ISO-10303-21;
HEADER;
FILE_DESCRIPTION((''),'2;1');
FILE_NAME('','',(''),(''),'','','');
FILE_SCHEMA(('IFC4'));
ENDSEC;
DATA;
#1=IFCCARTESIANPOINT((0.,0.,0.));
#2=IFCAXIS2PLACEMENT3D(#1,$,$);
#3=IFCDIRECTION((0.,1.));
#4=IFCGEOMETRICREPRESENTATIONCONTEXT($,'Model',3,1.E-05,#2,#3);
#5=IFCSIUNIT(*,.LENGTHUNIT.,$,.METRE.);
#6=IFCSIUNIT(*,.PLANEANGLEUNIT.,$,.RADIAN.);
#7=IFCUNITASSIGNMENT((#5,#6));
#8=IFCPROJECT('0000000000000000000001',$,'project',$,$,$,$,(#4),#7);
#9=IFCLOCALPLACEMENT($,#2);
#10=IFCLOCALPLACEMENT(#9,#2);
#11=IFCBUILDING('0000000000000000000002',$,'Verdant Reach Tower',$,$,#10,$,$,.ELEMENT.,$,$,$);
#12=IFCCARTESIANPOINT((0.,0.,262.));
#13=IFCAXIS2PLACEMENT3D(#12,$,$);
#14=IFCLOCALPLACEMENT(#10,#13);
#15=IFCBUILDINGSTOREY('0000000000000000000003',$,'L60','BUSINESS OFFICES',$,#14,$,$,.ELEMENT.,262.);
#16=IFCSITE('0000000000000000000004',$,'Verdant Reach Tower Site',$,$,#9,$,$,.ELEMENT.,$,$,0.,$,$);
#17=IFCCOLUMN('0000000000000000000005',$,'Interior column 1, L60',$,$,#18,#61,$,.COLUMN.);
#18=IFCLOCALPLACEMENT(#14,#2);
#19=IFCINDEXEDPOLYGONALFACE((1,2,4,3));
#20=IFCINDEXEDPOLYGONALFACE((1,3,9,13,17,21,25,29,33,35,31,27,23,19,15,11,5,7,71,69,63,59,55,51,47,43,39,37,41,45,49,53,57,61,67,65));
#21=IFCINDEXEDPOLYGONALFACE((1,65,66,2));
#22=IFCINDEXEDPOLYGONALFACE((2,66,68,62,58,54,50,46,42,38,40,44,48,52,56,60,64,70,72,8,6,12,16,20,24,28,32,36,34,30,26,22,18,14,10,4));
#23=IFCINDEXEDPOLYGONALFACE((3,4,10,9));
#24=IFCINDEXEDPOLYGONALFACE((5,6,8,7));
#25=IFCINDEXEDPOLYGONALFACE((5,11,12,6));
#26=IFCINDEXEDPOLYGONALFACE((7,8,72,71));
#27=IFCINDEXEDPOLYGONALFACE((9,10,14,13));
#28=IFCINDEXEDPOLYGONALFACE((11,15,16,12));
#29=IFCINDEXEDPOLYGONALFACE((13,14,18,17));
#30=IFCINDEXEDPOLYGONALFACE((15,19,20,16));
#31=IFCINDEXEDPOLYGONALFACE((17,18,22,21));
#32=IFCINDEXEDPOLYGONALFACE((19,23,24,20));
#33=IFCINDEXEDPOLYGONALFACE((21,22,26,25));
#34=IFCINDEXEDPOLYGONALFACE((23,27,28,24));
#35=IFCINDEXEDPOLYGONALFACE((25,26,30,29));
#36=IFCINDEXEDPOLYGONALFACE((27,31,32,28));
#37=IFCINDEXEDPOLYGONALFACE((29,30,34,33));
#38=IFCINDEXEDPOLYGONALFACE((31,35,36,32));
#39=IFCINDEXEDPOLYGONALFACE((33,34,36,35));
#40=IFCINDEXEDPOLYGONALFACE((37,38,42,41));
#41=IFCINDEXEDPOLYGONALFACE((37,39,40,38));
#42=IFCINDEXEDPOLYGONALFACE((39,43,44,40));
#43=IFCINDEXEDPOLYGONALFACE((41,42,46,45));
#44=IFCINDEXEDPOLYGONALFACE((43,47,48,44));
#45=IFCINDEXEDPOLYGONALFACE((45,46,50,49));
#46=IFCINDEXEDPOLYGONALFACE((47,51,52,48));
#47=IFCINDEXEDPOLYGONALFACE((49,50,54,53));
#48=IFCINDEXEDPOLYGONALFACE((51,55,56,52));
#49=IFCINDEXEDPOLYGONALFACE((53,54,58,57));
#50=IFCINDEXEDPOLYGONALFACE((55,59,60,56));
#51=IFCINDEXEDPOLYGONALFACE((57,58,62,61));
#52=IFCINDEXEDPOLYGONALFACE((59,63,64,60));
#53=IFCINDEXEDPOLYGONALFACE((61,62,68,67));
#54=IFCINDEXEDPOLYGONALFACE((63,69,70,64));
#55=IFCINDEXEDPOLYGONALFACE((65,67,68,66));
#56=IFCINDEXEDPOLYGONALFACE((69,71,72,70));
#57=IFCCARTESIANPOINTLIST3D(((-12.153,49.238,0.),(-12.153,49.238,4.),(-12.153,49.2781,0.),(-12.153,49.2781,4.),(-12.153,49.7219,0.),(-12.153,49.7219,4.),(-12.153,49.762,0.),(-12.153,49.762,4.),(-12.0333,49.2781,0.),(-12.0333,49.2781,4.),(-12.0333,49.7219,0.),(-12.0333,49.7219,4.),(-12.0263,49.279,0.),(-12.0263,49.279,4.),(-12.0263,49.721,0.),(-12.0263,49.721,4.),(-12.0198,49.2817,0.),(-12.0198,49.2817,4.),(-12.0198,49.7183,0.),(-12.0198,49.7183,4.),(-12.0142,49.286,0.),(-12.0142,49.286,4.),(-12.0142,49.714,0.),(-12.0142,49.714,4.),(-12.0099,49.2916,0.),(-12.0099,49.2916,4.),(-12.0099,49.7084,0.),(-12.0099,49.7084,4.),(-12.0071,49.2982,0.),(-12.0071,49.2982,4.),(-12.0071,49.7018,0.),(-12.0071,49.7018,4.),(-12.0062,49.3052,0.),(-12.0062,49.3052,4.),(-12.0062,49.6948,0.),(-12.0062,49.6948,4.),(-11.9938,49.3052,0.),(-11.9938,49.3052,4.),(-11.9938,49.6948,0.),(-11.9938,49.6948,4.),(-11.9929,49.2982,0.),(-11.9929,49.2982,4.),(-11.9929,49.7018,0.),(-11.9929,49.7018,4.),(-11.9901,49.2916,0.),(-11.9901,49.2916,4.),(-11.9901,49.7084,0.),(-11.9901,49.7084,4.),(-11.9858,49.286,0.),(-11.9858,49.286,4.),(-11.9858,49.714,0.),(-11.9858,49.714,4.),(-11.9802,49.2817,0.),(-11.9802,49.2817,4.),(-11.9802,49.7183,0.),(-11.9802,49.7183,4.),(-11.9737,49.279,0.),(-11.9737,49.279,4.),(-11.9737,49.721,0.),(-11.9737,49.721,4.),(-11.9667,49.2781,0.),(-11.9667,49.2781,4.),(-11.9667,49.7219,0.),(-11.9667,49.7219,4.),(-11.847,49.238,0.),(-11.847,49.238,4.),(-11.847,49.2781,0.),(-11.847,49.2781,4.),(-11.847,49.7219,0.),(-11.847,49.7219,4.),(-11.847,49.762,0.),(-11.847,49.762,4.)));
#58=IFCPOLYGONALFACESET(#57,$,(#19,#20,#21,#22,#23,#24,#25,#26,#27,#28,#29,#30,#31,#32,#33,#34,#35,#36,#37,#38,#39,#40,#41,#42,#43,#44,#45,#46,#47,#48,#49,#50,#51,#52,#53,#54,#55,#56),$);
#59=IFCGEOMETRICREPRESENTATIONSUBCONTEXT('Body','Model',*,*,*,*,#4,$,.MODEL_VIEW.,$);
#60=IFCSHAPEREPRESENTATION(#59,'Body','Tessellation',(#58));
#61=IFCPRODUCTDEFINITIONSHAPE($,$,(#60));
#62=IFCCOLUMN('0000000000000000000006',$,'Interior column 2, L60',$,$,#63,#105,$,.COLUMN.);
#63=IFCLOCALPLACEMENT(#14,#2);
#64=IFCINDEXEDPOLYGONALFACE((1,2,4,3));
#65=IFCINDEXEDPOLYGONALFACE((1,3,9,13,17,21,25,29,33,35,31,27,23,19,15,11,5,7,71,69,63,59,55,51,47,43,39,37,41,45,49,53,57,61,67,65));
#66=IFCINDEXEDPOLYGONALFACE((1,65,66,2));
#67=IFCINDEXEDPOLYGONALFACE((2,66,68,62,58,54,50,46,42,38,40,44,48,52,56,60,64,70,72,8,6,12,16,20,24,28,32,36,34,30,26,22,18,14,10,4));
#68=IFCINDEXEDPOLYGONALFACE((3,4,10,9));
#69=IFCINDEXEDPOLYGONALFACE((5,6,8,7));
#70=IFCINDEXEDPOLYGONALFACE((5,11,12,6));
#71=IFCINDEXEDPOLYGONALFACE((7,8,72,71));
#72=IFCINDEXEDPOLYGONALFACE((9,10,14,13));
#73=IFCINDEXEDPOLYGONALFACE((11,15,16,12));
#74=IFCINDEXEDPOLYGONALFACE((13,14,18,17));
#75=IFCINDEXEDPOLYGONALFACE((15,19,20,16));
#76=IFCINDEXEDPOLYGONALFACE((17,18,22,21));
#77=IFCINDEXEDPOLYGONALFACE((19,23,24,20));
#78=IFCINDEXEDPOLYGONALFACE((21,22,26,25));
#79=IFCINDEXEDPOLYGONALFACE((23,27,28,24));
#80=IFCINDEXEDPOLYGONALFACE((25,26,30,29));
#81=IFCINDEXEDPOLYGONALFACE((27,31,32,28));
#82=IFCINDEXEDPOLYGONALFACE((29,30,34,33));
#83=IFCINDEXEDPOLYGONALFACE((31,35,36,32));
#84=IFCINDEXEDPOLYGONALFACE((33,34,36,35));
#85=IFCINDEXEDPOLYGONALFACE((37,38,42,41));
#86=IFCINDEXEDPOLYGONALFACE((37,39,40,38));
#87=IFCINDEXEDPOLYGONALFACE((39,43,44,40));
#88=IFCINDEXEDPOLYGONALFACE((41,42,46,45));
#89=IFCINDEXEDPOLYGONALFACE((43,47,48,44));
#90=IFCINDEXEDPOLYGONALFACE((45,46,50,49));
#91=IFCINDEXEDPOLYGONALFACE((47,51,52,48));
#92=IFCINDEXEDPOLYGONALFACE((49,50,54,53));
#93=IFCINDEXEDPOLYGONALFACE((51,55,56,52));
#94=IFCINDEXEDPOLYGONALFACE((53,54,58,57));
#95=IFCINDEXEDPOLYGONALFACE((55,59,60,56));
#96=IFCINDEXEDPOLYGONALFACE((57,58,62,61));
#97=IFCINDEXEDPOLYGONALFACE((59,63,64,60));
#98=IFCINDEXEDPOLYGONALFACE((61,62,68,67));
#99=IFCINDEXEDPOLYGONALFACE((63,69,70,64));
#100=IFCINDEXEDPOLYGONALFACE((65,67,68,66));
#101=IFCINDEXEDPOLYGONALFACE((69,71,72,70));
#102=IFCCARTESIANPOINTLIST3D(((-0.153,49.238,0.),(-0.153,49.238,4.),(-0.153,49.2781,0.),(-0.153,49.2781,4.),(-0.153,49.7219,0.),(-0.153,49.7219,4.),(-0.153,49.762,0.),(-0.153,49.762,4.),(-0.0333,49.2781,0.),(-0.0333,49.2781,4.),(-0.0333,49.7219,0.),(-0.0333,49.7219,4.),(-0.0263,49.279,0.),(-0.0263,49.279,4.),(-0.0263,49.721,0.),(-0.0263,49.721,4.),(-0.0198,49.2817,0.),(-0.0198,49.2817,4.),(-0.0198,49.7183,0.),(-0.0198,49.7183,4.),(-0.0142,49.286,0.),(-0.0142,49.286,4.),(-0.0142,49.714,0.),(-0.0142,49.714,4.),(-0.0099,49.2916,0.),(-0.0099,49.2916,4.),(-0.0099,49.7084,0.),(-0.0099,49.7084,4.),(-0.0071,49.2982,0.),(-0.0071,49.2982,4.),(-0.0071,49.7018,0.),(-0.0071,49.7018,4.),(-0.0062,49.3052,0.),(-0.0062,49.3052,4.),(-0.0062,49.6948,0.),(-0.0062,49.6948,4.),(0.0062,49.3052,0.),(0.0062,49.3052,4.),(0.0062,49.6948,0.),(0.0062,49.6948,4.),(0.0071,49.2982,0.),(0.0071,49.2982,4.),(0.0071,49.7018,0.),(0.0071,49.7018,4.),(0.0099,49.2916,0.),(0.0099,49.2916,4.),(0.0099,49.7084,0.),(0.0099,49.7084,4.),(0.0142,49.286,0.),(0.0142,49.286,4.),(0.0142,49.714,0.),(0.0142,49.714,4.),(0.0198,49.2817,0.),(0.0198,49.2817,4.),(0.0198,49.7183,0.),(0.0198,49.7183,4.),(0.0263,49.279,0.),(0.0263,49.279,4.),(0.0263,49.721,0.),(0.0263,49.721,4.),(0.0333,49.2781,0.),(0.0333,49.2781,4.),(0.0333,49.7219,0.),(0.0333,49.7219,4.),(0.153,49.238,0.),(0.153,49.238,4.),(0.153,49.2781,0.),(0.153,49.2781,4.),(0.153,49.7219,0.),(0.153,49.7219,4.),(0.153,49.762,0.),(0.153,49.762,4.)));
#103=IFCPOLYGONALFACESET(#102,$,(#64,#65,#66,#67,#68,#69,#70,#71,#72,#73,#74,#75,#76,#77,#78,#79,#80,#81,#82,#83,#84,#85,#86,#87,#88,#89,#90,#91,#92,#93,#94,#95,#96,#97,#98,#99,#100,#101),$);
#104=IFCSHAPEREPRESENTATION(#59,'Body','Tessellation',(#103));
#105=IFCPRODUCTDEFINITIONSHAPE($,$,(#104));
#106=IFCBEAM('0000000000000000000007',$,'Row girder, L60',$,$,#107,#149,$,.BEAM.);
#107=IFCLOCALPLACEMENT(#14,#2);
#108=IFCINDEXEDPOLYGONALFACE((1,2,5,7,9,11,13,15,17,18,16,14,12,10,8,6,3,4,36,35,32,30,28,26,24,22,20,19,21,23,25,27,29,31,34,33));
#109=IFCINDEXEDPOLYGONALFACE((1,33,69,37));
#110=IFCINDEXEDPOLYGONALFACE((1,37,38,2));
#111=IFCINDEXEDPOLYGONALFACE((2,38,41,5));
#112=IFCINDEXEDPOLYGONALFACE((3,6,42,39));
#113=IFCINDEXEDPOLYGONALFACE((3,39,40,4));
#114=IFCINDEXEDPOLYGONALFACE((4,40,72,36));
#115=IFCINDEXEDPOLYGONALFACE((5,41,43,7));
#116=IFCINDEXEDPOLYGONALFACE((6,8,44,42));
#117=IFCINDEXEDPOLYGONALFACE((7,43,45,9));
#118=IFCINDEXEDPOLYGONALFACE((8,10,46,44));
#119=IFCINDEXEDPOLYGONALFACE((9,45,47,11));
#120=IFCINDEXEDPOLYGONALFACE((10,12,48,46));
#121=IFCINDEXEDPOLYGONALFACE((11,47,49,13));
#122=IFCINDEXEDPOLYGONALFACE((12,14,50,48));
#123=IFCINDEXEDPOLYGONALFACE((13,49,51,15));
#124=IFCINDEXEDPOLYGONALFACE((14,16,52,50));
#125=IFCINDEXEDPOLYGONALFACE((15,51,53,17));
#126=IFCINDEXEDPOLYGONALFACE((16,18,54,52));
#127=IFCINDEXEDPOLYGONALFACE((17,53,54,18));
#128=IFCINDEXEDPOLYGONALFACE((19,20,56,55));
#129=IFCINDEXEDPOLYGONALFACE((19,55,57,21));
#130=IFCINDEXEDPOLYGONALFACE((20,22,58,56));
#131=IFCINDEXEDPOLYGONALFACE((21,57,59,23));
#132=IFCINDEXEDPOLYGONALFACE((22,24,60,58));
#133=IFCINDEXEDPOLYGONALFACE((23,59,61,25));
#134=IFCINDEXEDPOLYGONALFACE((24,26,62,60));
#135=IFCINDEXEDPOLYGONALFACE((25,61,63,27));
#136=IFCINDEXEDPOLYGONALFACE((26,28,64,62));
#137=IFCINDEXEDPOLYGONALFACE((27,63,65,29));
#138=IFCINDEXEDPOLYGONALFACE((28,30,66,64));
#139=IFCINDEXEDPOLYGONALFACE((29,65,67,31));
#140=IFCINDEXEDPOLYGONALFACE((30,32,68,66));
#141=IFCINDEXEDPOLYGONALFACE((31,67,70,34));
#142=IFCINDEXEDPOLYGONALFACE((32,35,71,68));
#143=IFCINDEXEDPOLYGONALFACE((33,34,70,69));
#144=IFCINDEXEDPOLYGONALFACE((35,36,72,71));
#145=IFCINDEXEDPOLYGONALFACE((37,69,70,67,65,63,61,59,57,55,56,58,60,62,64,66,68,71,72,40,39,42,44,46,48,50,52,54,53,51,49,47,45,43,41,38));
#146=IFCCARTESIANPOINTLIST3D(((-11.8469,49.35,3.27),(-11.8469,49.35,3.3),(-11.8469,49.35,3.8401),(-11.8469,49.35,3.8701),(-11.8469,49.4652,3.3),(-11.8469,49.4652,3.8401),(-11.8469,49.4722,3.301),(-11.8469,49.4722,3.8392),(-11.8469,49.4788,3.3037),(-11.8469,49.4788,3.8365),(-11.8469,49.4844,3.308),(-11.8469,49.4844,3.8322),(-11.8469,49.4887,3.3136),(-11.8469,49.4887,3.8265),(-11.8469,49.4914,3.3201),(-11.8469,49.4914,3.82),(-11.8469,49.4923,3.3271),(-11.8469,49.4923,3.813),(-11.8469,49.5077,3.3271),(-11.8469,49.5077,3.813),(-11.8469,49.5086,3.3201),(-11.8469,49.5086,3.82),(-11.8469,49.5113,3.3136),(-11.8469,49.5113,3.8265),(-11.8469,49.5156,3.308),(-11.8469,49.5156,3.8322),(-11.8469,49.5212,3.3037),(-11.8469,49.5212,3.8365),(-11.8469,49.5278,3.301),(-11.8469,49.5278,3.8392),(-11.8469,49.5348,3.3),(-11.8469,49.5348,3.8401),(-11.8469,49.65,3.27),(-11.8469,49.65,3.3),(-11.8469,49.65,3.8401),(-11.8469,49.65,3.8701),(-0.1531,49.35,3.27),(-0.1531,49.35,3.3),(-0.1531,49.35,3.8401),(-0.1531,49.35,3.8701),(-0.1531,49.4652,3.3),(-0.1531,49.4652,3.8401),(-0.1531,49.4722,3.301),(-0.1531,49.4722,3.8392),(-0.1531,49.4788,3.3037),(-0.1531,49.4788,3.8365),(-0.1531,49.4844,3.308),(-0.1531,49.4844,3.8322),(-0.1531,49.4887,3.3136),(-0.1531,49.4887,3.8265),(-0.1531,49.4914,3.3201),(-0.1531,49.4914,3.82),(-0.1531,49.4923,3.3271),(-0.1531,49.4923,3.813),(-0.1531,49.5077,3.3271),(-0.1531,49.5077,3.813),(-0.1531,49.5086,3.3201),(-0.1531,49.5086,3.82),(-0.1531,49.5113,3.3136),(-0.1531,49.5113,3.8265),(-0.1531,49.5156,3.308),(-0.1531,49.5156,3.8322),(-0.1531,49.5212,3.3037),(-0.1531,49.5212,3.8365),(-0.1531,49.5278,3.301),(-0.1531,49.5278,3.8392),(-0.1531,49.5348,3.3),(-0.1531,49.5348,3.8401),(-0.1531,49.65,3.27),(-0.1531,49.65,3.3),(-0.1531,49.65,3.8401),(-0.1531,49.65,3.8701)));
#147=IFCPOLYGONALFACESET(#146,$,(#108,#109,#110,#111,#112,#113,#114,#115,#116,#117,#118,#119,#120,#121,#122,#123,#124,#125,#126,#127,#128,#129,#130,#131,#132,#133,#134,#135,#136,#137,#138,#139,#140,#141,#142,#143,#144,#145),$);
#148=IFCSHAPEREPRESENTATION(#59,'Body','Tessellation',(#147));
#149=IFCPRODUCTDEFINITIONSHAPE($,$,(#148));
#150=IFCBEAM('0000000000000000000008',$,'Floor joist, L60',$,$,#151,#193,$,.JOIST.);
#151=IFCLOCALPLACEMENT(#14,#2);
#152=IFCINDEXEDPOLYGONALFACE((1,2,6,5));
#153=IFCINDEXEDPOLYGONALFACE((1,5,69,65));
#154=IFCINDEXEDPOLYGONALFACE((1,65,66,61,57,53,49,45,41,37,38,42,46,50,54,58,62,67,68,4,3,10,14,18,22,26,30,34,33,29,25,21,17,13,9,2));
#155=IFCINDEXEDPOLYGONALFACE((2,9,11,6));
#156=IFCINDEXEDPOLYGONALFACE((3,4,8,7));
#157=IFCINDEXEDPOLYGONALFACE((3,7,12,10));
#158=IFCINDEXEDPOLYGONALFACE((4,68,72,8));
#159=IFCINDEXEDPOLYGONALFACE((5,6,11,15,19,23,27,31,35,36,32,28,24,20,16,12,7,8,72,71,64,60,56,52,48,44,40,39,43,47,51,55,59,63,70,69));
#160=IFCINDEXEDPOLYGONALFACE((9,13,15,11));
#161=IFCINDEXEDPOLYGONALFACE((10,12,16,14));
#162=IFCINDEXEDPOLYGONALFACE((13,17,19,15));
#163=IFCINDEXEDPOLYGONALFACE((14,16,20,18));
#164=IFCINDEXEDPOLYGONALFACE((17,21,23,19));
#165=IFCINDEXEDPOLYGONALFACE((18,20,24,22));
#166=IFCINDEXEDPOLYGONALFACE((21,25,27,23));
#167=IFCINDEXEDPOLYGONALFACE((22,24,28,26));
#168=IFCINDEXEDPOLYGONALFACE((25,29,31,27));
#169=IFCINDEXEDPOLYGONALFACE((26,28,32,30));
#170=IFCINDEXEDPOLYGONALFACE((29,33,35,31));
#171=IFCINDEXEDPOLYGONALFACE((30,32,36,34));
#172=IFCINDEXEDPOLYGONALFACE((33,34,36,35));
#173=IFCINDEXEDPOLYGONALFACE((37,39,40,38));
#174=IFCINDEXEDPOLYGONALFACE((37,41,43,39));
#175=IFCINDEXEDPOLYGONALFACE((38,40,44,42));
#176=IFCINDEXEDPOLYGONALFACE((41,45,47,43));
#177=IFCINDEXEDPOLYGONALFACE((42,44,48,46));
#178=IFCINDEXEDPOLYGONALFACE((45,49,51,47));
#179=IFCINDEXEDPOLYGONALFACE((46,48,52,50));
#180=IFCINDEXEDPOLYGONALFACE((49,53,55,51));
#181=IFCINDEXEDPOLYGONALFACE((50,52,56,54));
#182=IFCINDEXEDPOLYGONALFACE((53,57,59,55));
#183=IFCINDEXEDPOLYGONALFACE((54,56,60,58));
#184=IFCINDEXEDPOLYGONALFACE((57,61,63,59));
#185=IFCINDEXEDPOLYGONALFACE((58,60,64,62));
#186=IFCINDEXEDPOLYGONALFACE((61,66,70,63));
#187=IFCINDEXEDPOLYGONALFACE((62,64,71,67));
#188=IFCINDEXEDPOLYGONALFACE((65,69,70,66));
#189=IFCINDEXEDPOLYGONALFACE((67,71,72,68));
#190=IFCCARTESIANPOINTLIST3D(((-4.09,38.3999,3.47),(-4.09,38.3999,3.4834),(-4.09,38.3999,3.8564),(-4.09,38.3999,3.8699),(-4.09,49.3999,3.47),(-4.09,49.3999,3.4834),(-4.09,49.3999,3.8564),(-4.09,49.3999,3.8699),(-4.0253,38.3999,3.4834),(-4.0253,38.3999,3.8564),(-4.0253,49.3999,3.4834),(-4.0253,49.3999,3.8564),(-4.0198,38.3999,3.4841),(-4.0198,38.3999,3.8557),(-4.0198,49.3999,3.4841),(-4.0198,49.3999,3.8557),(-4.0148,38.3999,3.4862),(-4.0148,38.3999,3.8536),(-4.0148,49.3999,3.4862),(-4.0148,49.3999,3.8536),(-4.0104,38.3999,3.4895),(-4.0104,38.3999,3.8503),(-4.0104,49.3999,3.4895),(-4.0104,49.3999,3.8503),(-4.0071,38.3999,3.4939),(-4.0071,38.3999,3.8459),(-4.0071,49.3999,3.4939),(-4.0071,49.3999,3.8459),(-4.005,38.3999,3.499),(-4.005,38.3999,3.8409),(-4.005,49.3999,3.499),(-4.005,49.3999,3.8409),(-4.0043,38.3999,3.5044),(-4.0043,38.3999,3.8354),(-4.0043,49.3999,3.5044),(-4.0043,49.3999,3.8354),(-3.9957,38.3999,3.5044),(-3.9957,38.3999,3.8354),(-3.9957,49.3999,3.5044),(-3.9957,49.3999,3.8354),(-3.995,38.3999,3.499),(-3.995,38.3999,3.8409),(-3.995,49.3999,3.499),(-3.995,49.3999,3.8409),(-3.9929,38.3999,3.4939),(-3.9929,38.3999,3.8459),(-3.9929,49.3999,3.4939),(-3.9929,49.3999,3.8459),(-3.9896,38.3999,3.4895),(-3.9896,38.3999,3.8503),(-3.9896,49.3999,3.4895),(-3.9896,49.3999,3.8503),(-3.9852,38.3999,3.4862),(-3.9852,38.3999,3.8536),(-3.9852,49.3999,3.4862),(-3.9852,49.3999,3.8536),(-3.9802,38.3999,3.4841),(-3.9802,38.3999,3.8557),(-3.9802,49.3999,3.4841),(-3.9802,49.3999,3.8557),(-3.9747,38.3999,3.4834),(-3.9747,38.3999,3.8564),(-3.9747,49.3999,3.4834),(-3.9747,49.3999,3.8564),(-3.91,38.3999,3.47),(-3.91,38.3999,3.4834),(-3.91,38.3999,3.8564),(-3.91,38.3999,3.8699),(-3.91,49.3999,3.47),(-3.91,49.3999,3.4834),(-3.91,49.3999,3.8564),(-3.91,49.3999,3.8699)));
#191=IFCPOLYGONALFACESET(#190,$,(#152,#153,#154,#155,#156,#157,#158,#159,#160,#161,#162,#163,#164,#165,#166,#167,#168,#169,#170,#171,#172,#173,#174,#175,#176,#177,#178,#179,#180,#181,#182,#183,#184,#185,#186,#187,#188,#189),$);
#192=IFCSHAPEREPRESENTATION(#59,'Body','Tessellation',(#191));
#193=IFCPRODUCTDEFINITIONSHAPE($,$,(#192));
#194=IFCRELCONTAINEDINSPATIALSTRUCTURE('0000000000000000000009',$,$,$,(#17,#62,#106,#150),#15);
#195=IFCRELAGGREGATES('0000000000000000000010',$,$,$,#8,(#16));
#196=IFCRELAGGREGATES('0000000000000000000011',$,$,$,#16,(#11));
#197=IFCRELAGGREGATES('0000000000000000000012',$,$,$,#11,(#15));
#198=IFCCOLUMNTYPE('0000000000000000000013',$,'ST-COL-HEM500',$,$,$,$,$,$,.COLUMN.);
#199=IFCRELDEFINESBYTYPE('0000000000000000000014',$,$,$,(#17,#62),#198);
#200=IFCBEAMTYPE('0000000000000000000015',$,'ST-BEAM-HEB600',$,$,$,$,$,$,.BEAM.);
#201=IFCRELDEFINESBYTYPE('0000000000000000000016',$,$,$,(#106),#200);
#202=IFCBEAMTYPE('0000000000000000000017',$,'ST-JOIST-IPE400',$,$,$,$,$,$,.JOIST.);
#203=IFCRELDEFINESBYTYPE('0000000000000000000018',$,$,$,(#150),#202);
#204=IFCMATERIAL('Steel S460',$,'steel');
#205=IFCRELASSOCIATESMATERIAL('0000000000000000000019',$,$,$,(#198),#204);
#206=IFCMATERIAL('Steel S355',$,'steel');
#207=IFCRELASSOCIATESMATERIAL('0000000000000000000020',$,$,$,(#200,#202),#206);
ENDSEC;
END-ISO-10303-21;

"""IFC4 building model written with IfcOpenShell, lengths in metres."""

from ifc_helpers import new_model, si_unit, direction, frame, origin, origin_2d, place, context, subcontext, project, spatial, i_section, extrude, material, material_profile, profile_set, type_object, element, save


model = new_model("IFC4")

# Units and contexts
model_context = context("Model", 3, precision=1e-05, world=origin(), true_north=direction((0.0, 1.0)))
body_context = subcontext(model_context, "Body", "Model", "MODEL_VIEW")
ifc_project = project(units=[si_unit("LENGTHUNIT", "METRE"), si_unit("PLANEANGLEUNIT", "RADIAN")], contexts=[model_context])

# Site, building, storey
site_placement = place(None, origin())
site = spatial("IfcSite", under=ifc_project, at=site_placement, Name="Verdant Reach Tower Site", CompositionType="ELEMENT", RefElevation=0.0)
building_placement = place(site_placement, origin())
building = spatial("IfcBuilding", under=site, at=building_placement, Name="Verdant Reach Tower", CompositionType="ELEMENT")
storey_placement = place(building_placement, frame((0.0, 0.0, 262.0)))
storey = spatial("IfcBuildingStorey", under=building, at=storey_placement, Name="L60", Description="BUSINESS OFFICES", CompositionType="ELEMENT", Elevation=262.0)

# Columns
ifc_material_1 = material(Name="Steel S460", Category="steel")
ifc_material_profile_1 = material_profile(ifc_material_1, i_section(OverallWidth=0.3059, OverallDepth=0.5239, WebThickness=0.0125, FlangeThickness=0.04, FilletRadius=0.0271, at=origin_2d()), Name="HEM 500")
ifc_profile_set_1 = profile_set([ifc_material_profile_1], Name="Steel S460")
column_type = type_object("IfcColumnType", Name="ST-COL-HEM500", PredefinedType="COLUMN", material=ifc_profile_set_1)
for number, where, z_axis, x_axis, name in (
    (1, (-12.0, 49.5, 0.0), (0.0, 0.0, 1.0), (1.0, 0.0, 0.0), "Interior column 1, L60"),
    (2, (0.0, 49.5, 0.0), (0.0, 0.0, 1.0), (1.0, 0.0, 0.0), "Interior column 2, L60"),
):
    element("IfcColumn", number, at=place(storey_placement, frame(where, z_axis=z_axis, x_axis=x_axis)), inside=storey, type_object=column_type, Name=name, PredefinedType="COLUMN", context=body_context, shape_type="SweptSolid", body=[
        extrude(i_section(OverallWidth=0.3059, OverallDepth=0.5239, WebThickness=0.0125, FlangeThickness=0.04, FilletRadius=0.0271, at=origin_2d()), origin(), (0.0, 0.0, 1.0), 4.0),
    ])

# Beams
ifc_material_2 = material(Name="Steel S355", Category="steel")
ifc_material_profile_2 = material_profile(ifc_material_2, i_section(OverallWidth=0.3, OverallDepth=0.6001, WebThickness=0.0154, FlangeThickness=0.03, FilletRadius=0.0271, at=origin_2d()), Name="HEB 600")
ifc_profile_set_2 = profile_set([ifc_material_profile_2], Name="Steel S355")
beam_type_1 = type_object("IfcBeamType", Name="ST-BEAM-HEB600", PredefinedType="BEAM", material=ifc_profile_set_2)
beam_1_placement = place(storey_placement, frame((-11.8469, 49.5, 3.5701), z_axis=(1.0, 0.0, 0.0), x_axis=(0.0, 1.0, 0.0)))
element("IfcBeam", 3, at=beam_1_placement, inside=storey, type_object=beam_type_1, Name="Row girder, L60", PredefinedType="BEAM", context=body_context, shape_type="SweptSolid", body=[
    extrude(i_section(OverallWidth=0.3, OverallDepth=0.6001, WebThickness=0.0154, FlangeThickness=0.03, FilletRadius=0.0271, at=origin_2d()), origin(), (0.0, 0.0, 1.0), 11.6938),
])
ifc_material_profile_3 = material_profile(ifc_material_2, i_section(OverallWidth=0.1799, OverallDepth=0.3999, WebThickness=0.0085, FlangeThickness=0.0134, FilletRadius=0.021, at=origin_2d()), Name="IPE 400")
ifc_profile_set_3 = profile_set([ifc_material_profile_3], Name="Steel S355")
beam_type_2 = type_object("IfcBeamType", Name="ST-JOIST-IPE400", PredefinedType="JOIST", material=ifc_profile_set_3)
for number, where, z_axis, x_axis, name in (
    (4, (-4.0, 38.3999, 3.6699), (0.0, 1.0, 0.0), (-1.0, 0.0, 0.0), "Floor joist, L60"),
):
    element("IfcBeam", number, at=place(storey_placement, frame(where, z_axis=z_axis, x_axis=x_axis)), inside=storey, type_object=beam_type_2, Name=name, PredefinedType="JOIST", context=body_context, shape_type="SweptSolid", body=[
        extrude(i_section(OverallWidth=0.1799, OverallDepth=0.3999, WebThickness=0.0085, FlangeThickness=0.0134, FilletRadius=0.021, at=origin_2d()), origin(), (0.0, 0.0, 1.0), 11.0),
    ])

save(model, "model.ifc")
